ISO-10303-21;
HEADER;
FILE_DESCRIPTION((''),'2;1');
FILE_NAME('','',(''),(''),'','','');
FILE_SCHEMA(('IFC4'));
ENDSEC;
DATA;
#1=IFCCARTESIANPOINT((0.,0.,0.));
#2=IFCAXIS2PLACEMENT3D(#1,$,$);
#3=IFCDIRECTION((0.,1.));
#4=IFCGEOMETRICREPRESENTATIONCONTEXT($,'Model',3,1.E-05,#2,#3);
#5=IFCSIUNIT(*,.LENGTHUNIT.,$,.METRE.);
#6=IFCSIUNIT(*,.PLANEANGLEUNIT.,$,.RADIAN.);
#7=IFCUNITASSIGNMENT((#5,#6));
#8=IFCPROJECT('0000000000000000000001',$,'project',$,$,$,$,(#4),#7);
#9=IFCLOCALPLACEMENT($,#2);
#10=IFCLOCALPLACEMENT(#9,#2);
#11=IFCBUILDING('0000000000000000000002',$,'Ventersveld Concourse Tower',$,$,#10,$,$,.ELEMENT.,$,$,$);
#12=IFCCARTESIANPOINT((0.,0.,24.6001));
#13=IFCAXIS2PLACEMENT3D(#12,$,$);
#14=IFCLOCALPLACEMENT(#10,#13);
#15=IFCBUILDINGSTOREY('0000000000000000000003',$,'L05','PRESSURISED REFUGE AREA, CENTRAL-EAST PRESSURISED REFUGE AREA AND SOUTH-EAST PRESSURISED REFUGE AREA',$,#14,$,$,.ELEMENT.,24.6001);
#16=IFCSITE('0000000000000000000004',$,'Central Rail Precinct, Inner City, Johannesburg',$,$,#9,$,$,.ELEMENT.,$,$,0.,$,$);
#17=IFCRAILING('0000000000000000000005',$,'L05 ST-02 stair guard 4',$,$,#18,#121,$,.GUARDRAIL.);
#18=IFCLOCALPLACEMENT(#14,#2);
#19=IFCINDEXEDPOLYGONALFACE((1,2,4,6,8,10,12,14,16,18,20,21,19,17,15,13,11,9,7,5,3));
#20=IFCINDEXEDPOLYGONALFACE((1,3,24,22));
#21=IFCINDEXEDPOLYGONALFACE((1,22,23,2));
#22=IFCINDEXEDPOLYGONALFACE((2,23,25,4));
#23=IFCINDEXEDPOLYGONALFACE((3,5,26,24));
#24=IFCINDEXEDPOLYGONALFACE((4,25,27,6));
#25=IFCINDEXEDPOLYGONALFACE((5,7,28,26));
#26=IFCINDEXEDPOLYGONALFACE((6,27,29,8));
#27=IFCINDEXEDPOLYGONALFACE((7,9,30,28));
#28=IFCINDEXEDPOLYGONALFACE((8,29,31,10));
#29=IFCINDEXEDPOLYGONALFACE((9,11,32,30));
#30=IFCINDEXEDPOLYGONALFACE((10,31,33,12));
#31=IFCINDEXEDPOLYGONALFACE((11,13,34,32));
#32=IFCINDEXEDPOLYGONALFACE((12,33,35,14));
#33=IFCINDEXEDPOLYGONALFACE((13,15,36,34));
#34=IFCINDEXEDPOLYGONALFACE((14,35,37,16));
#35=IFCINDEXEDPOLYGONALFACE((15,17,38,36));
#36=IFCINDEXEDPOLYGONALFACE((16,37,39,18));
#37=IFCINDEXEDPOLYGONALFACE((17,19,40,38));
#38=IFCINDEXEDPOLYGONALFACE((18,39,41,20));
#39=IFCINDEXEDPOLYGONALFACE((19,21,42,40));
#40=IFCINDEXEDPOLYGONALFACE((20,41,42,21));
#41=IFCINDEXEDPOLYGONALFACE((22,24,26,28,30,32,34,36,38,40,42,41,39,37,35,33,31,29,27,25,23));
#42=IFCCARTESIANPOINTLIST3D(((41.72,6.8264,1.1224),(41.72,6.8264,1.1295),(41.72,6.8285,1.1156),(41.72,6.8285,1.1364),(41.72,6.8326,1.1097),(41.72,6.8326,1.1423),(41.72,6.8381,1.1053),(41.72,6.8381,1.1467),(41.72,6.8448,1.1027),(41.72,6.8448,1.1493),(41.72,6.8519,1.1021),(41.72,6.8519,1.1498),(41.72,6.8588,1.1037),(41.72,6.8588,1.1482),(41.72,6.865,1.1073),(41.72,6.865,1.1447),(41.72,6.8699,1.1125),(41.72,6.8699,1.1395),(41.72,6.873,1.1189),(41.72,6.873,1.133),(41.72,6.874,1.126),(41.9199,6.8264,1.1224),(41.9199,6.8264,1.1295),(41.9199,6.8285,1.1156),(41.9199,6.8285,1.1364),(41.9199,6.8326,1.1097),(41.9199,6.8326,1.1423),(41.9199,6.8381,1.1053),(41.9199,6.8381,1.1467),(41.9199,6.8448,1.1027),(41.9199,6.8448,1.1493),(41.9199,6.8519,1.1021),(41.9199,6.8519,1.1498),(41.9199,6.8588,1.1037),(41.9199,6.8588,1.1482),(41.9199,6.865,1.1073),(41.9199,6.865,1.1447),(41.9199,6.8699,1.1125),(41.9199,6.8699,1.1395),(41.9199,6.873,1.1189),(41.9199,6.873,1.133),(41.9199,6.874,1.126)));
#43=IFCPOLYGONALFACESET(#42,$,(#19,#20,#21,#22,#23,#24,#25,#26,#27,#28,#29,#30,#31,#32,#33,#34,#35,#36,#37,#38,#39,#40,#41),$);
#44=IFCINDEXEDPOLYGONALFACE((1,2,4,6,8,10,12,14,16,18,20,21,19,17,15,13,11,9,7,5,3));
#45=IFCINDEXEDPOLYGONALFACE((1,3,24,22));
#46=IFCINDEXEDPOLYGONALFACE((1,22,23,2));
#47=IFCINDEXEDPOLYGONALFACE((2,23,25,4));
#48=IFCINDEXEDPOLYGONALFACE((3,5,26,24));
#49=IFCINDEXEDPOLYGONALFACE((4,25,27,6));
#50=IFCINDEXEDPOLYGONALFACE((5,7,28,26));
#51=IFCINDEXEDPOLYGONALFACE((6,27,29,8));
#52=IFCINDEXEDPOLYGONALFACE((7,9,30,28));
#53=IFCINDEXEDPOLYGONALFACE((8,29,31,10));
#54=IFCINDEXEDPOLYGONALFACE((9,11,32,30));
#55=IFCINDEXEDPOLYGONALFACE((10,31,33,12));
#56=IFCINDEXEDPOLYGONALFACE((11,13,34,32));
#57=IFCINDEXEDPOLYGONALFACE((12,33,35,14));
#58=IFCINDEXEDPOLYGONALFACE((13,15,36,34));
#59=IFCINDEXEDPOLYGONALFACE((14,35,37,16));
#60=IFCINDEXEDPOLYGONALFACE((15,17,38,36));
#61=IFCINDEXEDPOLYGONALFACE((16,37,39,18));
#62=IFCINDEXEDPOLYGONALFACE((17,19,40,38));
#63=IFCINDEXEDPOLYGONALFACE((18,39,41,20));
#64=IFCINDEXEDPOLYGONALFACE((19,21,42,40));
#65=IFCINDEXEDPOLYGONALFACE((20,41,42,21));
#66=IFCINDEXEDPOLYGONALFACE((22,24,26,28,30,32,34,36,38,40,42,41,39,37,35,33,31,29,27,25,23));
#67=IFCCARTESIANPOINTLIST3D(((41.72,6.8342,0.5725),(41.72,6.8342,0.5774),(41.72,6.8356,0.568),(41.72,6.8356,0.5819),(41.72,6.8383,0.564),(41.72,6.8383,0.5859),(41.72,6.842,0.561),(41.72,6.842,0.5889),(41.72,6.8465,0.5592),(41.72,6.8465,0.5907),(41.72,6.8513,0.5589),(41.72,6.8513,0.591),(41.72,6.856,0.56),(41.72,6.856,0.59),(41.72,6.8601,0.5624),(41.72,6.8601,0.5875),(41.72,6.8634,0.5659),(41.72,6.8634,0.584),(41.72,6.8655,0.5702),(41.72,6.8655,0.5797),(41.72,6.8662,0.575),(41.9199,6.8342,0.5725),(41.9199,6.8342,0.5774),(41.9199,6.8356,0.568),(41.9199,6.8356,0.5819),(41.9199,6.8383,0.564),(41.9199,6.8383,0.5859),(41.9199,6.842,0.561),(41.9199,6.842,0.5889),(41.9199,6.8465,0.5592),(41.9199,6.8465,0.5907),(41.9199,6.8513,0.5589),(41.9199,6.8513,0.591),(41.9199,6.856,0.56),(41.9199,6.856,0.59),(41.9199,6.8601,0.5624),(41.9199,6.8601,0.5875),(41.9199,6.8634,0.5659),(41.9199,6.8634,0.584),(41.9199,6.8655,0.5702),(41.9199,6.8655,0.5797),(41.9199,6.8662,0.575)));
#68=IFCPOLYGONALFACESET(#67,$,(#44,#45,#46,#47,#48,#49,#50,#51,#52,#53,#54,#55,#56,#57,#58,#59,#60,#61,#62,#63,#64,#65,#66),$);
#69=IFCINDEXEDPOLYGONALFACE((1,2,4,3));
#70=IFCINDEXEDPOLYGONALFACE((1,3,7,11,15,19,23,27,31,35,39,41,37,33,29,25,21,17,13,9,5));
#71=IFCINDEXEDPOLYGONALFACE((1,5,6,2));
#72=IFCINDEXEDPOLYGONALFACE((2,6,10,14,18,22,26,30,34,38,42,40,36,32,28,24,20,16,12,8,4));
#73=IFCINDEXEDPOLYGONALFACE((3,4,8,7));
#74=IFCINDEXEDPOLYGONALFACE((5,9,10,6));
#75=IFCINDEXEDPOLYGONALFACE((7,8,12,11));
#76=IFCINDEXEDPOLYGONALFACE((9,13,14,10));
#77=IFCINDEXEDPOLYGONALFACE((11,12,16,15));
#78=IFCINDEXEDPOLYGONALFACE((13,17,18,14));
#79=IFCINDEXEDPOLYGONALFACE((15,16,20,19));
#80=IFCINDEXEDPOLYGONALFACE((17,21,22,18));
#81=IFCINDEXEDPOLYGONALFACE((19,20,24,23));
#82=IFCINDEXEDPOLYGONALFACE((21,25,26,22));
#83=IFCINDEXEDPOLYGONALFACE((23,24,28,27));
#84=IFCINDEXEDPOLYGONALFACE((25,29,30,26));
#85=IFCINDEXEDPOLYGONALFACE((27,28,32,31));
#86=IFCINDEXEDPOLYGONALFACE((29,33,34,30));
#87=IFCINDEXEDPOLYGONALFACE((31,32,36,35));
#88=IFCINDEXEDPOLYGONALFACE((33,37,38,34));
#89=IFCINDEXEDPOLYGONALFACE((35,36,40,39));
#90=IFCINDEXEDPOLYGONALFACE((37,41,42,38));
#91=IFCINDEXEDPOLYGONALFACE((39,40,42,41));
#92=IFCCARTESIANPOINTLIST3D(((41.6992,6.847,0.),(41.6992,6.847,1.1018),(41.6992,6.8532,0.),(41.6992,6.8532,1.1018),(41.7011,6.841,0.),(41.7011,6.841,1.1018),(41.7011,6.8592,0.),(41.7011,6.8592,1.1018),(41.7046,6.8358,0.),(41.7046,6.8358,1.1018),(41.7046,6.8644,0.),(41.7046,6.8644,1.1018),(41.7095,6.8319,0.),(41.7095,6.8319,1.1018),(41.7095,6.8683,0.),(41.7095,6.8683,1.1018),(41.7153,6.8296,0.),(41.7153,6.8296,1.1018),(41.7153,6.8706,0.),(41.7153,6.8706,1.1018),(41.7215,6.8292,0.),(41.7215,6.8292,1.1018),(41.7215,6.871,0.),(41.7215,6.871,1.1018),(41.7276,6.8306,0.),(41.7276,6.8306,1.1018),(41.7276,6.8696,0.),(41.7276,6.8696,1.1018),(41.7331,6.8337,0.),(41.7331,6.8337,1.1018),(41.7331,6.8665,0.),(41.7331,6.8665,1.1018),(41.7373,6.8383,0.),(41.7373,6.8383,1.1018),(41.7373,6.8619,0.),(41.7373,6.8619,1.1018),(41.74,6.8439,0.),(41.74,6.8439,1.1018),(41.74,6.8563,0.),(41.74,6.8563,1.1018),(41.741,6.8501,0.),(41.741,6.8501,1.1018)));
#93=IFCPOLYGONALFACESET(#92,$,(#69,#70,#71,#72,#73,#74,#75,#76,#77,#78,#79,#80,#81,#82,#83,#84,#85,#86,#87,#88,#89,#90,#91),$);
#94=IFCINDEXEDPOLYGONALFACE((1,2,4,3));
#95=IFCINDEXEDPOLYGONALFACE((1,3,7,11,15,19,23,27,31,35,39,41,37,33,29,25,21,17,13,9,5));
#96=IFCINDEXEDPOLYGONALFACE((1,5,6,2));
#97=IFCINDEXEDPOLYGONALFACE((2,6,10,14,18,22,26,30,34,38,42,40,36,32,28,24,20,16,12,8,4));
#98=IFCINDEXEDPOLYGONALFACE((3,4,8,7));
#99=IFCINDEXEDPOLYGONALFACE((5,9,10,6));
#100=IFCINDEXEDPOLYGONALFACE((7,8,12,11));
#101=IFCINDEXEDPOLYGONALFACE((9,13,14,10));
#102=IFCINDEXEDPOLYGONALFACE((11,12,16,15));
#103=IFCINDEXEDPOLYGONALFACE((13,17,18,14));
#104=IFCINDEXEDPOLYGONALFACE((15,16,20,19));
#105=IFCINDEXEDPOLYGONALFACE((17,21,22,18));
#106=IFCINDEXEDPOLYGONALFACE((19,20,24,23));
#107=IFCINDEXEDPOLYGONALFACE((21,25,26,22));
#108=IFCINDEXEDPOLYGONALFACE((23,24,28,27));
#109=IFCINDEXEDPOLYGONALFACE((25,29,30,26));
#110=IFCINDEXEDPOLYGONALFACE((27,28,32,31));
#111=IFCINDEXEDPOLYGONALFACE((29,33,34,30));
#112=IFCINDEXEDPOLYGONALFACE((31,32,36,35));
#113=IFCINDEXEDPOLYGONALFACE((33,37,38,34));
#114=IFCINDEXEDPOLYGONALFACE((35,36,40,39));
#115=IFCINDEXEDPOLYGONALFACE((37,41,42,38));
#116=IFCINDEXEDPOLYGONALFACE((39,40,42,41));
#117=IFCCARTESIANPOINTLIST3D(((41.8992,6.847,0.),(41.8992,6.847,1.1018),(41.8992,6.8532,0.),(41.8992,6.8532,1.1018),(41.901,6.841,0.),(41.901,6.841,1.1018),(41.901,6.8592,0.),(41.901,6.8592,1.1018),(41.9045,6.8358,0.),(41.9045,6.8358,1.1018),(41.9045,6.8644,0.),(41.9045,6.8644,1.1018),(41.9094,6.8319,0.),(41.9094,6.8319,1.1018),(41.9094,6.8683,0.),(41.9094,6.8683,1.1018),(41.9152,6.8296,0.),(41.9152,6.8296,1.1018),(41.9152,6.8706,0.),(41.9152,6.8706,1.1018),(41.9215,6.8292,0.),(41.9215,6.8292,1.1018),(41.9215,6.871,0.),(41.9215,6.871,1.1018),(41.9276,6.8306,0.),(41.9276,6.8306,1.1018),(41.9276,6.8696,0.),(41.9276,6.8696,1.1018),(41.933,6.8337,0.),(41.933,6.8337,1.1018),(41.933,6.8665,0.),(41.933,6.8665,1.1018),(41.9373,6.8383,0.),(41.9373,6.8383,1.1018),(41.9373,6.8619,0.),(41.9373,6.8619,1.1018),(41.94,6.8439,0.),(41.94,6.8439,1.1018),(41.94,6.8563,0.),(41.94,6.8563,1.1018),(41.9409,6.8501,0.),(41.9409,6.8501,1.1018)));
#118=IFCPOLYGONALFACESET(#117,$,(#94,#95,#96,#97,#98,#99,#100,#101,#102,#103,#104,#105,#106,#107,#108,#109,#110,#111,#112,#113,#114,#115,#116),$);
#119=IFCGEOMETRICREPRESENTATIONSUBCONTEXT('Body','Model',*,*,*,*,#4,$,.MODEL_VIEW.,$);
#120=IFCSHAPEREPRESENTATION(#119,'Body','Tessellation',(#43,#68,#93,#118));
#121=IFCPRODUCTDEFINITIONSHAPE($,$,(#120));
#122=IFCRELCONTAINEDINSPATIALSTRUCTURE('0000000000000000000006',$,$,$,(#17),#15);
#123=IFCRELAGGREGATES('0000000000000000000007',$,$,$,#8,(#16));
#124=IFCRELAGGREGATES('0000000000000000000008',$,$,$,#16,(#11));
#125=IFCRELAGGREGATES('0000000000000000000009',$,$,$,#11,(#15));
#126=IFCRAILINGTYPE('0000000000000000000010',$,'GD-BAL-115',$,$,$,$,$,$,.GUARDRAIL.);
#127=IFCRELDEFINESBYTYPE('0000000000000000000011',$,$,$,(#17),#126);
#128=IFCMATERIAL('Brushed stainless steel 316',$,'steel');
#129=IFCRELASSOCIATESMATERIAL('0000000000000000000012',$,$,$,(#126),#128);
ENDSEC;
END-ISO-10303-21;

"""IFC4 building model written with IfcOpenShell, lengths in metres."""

from ifc_helpers import new_model, si_unit, direction, frame, origin, origin_2d, place, context, subcontext, project, spatial, circle, extrude, material, type_object, element, save


model = new_model("IFC4")

# Units and contexts
model_context = context("Model", 3, precision=1e-05, world=origin(), true_north=direction((0.0, 1.0)))
body_context = subcontext(model_context, "Body", "Model", "MODEL_VIEW")
ifc_project = project(units=[si_unit("LENGTHUNIT", "METRE"), si_unit("PLANEANGLEUNIT", "RADIAN")], contexts=[model_context])

# Site, building, storey
site_placement = place(None, origin())
site = spatial("IfcSite", under=ifc_project, at=site_placement, Name="Central Rail Precinct, Inner City, Johannesburg", CompositionType="ELEMENT", RefElevation=0.0)
building_placement = place(site_placement, origin())
building = spatial("IfcBuilding", under=site, at=building_placement, Name="Ventersveld Concourse Tower", CompositionType="ELEMENT")
storey_placement = place(building_placement, frame((0.0, 0.0, 24.6001)))
storey = spatial("IfcBuildingStorey", under=building, at=storey_placement, Name="L05", Description="PRESSURISED REFUGE AREA, CENTRAL-EAST PRESSURISED REFUGE AREA AND SOUTH-EAST PRESSURISED REFUGE AREA", CompositionType="ELEMENT", Elevation=24.6001)

# Railing
ifc_material_1 = material(Name="Brushed stainless steel 316", Category="steel")
railing_type_1 = type_object("IfcRailingType", Name="GD-BAL-115", PredefinedType="GUARDRAIL", material=ifc_material_1)
railing_1_placement = place(storey_placement, frame((41.72, 6.8501, 0.0)))
element("IfcRailing", 1, at=railing_1_placement, inside=storey, type_object=railing_type_1, Name="L05 ST-02 stair guard 4", PredefinedType="GUARDRAIL", context=body_context, shape_type="SweptSolid", body=[
    extrude(circle(Radius=0.0239, at=origin_2d()), frame((0.0, 0.0, 1.126), z_axis=(1.0, 0.0, 0.0), x_axis=(0.0, 1.0, 0.0)), (0.0, 0.0, 1.0), 0.2),
    extrude(circle(Radius=0.0161, at=origin_2d()), frame((0.0, 0.0, 0.575), z_axis=(1.0, 0.0, 0.0), x_axis=(0.0, 1.0, 0.0)), (0.0, 0.0, 1.0), 0.2),
    extrude(circle(Radius=0.021, at=origin_2d()), origin(), (0.0, 0.0, 1.0), 1.1018),
    extrude(circle(Radius=0.021, at=origin_2d()), frame((0.2, 0.0, 0.0)), (0.0, 0.0, 1.0), 1.1018),
])

save(model, "model.ifc")
